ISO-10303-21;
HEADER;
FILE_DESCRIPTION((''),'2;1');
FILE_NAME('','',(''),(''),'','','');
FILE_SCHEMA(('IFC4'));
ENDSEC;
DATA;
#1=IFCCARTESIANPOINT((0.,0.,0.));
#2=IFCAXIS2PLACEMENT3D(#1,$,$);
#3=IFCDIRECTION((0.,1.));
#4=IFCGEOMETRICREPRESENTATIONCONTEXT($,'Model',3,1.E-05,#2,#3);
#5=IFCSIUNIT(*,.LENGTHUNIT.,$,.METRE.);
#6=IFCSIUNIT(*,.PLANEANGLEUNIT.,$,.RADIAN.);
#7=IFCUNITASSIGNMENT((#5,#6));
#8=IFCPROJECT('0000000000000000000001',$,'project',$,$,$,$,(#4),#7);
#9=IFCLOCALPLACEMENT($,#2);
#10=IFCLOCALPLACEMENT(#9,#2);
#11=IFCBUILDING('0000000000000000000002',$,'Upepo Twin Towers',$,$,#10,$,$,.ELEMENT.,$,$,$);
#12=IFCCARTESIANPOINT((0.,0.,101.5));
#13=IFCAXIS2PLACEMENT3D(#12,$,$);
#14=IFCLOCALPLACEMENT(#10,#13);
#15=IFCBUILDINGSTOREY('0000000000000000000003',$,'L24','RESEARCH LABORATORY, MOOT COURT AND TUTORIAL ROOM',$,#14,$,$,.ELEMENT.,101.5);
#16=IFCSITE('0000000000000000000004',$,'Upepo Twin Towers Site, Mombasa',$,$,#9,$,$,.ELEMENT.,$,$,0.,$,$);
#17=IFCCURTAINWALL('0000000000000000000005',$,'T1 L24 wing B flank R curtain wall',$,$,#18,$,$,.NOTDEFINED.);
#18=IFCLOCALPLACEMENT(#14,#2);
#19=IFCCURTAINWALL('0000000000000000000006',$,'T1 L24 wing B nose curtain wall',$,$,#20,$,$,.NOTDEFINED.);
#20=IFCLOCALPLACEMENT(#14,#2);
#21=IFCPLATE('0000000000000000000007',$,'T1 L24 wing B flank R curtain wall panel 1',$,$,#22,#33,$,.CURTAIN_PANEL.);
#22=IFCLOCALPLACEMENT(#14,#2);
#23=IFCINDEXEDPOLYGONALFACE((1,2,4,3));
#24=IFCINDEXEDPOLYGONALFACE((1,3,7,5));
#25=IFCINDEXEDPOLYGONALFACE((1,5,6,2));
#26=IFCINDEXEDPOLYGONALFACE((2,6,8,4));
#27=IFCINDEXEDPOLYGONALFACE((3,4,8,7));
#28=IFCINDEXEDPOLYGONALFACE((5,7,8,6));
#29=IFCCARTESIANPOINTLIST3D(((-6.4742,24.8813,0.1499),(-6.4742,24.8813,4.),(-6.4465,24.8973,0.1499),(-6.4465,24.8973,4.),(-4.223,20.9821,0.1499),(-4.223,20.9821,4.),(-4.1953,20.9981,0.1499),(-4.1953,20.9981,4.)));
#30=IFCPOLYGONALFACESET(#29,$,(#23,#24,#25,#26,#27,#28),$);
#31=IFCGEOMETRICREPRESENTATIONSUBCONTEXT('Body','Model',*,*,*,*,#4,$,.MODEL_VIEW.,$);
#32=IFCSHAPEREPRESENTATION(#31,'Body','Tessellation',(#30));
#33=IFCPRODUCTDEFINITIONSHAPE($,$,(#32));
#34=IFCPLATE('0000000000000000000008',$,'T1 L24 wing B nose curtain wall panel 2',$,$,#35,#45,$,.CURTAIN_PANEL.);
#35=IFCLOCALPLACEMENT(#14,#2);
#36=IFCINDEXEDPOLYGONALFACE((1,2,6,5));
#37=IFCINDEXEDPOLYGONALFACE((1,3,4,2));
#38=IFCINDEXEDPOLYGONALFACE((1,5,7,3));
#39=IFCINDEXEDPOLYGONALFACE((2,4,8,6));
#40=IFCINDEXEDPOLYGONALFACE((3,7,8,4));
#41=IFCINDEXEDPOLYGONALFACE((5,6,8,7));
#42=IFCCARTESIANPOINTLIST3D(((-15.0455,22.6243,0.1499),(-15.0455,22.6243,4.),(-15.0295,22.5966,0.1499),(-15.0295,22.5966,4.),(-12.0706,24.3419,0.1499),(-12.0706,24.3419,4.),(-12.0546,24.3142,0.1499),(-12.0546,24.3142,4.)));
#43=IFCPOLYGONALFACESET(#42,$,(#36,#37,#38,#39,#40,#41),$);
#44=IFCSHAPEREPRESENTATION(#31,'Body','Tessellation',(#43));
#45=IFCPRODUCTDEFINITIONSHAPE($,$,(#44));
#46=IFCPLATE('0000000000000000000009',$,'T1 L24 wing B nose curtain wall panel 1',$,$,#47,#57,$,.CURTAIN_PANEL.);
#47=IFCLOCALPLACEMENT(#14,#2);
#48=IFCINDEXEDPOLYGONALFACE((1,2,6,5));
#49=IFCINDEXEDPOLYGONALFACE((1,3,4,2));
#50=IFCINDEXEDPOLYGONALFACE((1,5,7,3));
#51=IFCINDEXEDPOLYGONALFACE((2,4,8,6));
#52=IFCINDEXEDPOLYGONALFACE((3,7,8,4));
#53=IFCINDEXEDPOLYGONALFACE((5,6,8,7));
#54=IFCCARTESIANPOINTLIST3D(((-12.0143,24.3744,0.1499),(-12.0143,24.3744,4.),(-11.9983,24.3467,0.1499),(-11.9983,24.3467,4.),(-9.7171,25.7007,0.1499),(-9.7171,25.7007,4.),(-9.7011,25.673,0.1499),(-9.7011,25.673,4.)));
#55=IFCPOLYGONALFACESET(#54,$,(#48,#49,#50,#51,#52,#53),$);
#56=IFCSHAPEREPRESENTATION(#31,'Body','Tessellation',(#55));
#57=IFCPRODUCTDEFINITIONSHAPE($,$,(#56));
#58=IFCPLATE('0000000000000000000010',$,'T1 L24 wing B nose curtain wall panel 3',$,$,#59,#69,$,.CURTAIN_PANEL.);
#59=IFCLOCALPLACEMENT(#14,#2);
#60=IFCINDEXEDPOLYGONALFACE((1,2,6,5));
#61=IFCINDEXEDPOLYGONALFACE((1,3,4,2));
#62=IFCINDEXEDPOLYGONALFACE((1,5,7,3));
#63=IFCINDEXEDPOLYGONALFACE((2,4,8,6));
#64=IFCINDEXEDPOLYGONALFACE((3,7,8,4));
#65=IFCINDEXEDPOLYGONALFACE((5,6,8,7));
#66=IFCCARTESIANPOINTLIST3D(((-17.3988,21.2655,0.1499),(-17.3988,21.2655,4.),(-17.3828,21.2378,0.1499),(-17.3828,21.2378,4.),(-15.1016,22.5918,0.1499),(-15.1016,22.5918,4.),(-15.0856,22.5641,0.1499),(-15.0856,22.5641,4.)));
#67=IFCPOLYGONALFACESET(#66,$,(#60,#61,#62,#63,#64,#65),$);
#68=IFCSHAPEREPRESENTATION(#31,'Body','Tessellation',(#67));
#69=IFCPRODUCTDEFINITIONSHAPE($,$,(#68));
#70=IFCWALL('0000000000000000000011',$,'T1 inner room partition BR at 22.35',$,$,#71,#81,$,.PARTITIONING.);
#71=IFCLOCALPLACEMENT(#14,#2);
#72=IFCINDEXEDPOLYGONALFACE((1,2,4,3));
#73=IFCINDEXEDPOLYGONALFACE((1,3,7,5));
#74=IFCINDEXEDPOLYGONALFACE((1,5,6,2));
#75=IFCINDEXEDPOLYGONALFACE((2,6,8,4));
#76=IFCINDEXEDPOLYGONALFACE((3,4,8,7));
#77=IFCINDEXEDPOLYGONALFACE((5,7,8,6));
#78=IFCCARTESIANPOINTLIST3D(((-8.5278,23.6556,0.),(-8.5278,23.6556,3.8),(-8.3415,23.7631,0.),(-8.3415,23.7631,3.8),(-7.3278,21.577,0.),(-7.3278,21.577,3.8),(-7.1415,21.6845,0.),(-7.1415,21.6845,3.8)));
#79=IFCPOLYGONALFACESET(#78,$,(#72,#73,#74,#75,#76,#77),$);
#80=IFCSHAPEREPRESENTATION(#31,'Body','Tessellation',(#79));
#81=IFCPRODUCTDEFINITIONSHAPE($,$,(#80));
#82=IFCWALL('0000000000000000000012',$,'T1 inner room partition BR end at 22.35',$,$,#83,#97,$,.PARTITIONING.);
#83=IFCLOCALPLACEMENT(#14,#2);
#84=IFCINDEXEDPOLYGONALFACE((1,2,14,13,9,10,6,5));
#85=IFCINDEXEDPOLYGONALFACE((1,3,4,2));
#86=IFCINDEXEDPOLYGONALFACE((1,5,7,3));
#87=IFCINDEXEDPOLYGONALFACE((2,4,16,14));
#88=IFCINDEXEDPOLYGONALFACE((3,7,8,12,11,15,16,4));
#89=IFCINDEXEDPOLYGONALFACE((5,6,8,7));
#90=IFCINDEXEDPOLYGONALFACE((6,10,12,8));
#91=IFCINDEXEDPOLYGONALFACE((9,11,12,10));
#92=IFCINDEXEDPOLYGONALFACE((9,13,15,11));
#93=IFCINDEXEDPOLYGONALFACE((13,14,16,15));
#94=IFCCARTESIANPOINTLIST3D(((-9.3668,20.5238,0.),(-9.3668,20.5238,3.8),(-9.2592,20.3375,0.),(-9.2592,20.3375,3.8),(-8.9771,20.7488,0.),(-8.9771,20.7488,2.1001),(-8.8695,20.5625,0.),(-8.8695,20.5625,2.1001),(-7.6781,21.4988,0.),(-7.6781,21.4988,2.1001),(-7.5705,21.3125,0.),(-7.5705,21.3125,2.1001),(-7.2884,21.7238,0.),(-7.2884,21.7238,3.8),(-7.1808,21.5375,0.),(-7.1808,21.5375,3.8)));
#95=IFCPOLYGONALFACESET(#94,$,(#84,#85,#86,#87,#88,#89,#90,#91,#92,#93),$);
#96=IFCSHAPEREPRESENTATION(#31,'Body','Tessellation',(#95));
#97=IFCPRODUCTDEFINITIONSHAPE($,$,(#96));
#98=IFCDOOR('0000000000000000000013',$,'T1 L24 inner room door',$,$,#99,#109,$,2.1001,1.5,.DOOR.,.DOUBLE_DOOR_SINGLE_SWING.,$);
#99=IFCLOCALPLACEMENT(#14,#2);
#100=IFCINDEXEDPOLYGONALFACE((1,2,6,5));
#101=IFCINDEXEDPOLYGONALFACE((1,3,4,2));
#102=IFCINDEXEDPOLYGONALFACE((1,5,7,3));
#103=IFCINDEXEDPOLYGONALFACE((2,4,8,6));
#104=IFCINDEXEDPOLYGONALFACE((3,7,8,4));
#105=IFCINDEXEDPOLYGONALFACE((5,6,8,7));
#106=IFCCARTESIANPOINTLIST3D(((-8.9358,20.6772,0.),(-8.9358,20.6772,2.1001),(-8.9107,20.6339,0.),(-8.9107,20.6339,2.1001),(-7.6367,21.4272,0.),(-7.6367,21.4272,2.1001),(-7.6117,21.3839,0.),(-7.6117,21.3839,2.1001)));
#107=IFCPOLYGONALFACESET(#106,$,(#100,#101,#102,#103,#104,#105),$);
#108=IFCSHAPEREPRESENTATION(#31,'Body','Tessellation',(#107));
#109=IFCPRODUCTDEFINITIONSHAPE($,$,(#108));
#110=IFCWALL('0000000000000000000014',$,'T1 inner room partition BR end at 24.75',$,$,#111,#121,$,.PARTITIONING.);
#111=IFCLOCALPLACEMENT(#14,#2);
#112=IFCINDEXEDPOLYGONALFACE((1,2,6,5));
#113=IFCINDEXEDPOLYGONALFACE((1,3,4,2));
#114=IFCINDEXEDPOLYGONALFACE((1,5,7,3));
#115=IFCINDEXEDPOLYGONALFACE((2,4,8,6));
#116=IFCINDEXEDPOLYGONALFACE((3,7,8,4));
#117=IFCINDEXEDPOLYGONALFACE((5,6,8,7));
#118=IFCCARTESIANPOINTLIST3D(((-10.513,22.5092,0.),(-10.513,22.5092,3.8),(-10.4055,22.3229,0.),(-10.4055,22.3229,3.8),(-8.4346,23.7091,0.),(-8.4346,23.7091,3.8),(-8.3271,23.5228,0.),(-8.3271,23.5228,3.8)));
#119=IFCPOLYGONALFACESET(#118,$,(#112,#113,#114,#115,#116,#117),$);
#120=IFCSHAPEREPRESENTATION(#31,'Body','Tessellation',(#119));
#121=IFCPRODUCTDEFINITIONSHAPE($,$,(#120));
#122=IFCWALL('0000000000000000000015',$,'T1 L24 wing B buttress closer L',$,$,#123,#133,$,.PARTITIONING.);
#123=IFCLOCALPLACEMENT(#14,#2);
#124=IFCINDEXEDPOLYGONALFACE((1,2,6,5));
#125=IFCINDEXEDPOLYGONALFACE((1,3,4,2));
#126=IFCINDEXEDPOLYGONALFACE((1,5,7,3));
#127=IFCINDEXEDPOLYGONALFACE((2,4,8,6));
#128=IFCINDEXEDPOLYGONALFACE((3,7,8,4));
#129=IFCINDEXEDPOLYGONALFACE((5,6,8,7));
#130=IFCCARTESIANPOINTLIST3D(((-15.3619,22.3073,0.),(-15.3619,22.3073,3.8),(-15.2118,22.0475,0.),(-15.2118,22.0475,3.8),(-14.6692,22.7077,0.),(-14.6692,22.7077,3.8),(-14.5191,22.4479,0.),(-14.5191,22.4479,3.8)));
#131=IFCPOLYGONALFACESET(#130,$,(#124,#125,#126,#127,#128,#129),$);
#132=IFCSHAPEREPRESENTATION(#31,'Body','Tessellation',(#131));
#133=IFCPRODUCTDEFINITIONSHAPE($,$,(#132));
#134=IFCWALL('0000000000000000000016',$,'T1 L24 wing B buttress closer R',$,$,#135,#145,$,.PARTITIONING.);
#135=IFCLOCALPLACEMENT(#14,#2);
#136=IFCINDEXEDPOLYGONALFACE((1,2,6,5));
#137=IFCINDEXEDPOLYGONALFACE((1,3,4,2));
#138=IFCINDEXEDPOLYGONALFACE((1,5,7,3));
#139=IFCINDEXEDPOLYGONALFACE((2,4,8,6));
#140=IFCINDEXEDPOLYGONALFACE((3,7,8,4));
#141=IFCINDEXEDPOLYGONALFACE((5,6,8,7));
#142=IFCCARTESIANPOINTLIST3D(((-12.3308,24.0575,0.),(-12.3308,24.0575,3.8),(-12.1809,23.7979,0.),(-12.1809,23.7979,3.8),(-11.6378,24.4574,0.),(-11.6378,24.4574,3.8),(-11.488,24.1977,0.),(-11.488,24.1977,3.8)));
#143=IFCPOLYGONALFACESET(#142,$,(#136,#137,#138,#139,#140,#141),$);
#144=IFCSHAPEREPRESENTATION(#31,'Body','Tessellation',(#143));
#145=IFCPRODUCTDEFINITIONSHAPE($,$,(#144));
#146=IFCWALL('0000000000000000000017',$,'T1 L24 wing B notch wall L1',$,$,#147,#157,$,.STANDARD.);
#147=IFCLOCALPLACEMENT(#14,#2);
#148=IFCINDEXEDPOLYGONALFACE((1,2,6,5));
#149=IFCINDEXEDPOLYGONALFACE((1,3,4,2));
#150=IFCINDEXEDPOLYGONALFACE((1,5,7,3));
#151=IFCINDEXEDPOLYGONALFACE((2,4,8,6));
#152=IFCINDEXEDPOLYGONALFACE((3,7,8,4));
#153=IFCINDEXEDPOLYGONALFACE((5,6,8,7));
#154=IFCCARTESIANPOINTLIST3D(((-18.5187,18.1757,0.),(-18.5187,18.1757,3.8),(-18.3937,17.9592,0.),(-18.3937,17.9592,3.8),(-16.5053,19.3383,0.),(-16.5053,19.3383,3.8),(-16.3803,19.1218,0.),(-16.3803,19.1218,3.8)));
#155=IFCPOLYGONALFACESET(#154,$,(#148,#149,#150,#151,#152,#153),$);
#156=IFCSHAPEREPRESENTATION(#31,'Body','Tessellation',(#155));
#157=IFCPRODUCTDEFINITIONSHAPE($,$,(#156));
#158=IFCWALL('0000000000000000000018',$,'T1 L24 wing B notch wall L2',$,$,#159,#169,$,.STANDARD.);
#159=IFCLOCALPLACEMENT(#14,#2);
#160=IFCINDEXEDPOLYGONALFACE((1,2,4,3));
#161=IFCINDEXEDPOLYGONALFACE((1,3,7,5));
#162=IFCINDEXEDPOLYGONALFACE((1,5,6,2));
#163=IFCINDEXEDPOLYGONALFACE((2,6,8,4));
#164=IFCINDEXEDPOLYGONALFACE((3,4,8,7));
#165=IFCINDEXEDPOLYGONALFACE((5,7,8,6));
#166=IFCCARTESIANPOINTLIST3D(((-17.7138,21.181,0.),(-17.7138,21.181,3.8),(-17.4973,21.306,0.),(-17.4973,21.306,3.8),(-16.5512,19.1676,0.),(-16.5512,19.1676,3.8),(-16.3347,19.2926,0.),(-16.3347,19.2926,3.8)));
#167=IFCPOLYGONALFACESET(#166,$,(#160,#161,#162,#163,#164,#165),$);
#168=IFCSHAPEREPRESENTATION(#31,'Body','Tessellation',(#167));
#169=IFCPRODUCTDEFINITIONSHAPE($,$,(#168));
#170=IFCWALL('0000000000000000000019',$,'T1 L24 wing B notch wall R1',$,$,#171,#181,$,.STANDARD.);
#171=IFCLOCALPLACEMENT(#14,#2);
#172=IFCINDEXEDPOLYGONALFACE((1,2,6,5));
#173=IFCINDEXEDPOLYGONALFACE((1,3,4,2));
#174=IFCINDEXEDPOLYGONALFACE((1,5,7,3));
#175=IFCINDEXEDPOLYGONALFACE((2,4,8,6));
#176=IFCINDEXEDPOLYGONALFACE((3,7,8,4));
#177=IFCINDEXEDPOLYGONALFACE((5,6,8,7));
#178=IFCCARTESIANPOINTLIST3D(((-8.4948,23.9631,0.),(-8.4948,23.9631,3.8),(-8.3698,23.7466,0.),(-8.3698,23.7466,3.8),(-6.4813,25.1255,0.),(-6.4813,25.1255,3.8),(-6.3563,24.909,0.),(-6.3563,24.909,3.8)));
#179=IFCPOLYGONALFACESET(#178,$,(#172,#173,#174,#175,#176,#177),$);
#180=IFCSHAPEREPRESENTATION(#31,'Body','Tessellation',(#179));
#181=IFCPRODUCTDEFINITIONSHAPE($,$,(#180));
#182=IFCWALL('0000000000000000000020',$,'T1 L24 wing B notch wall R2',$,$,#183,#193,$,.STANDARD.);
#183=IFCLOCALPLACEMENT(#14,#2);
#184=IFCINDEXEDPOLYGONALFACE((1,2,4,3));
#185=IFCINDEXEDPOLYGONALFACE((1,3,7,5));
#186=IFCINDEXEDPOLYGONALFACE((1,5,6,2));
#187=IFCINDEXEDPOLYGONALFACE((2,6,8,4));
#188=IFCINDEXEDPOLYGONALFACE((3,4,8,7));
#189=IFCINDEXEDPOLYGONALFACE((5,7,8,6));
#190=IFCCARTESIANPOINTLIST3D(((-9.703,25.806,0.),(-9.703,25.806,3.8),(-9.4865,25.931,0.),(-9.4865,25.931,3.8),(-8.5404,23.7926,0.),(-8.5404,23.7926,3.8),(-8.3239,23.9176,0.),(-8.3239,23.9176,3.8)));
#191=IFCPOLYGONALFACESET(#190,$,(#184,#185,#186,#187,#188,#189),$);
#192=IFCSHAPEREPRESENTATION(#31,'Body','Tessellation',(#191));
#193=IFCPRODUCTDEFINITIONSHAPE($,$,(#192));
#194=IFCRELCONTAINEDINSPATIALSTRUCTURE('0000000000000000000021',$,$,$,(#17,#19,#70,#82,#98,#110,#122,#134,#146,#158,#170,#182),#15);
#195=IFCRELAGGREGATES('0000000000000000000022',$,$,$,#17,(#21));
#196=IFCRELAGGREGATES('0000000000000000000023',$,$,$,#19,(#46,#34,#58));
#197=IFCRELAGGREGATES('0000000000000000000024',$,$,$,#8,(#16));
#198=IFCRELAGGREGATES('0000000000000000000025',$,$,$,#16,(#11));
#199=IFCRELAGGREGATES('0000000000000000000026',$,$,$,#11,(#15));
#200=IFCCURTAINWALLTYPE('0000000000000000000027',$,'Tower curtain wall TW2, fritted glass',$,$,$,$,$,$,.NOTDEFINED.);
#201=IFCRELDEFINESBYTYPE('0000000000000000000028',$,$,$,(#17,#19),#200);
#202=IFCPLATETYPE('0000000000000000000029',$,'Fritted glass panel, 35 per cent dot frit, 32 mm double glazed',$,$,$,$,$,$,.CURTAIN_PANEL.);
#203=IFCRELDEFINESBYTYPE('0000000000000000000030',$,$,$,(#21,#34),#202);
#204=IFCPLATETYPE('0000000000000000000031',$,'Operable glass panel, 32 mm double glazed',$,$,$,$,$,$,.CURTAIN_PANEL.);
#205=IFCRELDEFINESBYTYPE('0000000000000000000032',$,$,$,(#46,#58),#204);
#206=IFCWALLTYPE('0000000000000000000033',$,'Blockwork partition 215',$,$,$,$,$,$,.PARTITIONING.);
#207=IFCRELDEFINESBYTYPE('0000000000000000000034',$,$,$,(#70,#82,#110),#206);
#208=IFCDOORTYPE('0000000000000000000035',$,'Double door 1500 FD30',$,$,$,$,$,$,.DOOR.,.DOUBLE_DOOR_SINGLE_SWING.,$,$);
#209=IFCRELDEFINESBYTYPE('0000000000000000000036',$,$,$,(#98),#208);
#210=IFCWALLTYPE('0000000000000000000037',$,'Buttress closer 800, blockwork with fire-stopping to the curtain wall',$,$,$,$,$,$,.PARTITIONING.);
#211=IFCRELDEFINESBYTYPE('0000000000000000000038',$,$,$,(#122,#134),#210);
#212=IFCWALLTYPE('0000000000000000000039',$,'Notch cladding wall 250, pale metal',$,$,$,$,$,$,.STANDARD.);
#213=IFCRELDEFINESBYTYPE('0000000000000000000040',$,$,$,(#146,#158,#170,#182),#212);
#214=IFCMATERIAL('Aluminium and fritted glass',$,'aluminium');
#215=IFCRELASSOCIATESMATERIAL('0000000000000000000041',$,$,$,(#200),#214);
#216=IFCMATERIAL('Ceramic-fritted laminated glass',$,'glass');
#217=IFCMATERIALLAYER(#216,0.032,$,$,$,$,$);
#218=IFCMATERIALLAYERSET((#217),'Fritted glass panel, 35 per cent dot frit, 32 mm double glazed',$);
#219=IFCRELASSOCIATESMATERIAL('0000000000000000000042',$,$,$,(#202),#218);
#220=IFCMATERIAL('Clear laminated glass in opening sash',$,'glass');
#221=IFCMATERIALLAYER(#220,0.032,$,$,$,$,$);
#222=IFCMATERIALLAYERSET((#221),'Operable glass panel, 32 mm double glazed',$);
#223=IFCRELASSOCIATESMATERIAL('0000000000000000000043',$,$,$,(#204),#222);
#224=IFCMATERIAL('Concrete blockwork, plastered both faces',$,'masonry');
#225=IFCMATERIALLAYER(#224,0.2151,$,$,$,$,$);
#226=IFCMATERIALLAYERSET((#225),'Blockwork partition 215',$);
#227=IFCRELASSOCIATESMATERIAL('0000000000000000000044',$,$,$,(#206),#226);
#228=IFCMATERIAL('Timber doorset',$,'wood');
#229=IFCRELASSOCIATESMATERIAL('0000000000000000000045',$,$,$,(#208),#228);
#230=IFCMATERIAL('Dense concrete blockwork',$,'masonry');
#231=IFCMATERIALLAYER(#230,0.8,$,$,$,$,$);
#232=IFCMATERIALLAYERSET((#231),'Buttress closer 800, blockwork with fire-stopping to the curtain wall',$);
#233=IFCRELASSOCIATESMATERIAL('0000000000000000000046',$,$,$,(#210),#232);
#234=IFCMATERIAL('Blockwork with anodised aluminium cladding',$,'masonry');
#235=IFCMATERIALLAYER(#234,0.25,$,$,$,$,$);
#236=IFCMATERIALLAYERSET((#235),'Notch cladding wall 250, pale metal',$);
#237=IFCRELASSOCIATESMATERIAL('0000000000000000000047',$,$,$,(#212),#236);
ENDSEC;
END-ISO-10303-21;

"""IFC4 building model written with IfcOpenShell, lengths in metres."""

from ifc_helpers import new_model, si_unit, direction, frame, frame_2d, origin, origin_2d, place, context, subcontext, project, spatial, rectangle, extrude, material, layer, layer_set, type_object, element, fill, aggregate, save


model = new_model("IFC4")

# Units and contexts
model_context = context("Model", 3, precision=1e-05, world=origin(), true_north=direction((0.0, 1.0)))
body_context = subcontext(model_context, "Body", "Model", "MODEL_VIEW")
ifc_project = project(units=[si_unit("LENGTHUNIT", "METRE"), si_unit("PLANEANGLEUNIT", "RADIAN")], contexts=[model_context])

# Site, building, storey
site_placement = place(None, origin())
site = spatial("IfcSite", under=ifc_project, at=site_placement, Name="Upepo Twin Towers Site, Mombasa", CompositionType="ELEMENT", RefElevation=0.0)
building_placement = place(site_placement, origin())
building = spatial("IfcBuilding", under=site, at=building_placement, Name="Upepo Twin Towers", CompositionType="ELEMENT")
storey_placement = place(building_placement, frame((0.0, 0.0, 101.5)))
storey = spatial("IfcBuildingStorey", under=building, at=storey_placement, Name="L24", Description="RESEARCH LABORATORY, MOOT COURT AND TUTORIAL ROOM", CompositionType="ELEMENT", Elevation=101.5)

# Shared definitions
ifc_material_1 = material(Name="Aluminium and fritted glass", Category="aluminium")
curtain_wall_type = type_object("IfcCurtainWallType", Name="Tower curtain wall TW2, fritted glass", PredefinedType="NOTDEFINED", material=ifc_material_1)

# Curtain walls
curtain_wall_1_placement = place(storey_placement, origin())
curtain_wall_1 = element("IfcCurtainWall", 1, at=curtain_wall_1_placement, inside=storey, type_object=curtain_wall_type, Name="T1 L24 wing B flank R curtain wall", PredefinedType="NOTDEFINED")
curtain_wall_2_placement = place(storey_placement, origin())
curtain_wall_2 = element("IfcCurtainWall", 2, at=curtain_wall_2_placement, inside=storey, type_object=curtain_wall_type, Name="T1 L24 wing B nose curtain wall", PredefinedType="NOTDEFINED")

# Plates
ifc_material_2 = material(Name="Ceramic-fritted laminated glass", Category="glass")
ifc_layer_1 = layer(ifc_material_2, 0.032)
ifc_layer_set_1 = layer_set([ifc_layer_1], Name="Fritted glass panel, 35 per cent dot frit, 32 mm double glazed")
plate_type_1 = type_object("IfcPlateType", Name="Fritted glass panel, 35 per cent dot frit, 32 mm double glazed", PredefinedType="CURTAIN_PANEL", material=ifc_layer_set_1)
plate_1_placement = place(storey_placement, frame((-5.3347, 22.9397, 0.1499), z_axis=(0.0, 0.0, 1.0), x_axis=(0.5, -0.866025, 0.0)))
plate_1 = element("IfcPlate", 3, at=plate_1_placement, type_object=plate_type_1, Name="T1 L24 wing B flank R curtain wall panel 1", PredefinedType="CURTAIN_PANEL", context=body_context, shape_type="SweptSolid", body=[
    extrude(rectangle(XDim=4.5024, YDim=0.032, at=origin_2d()), origin(), (0.0, 0.0, 1.0), 3.8501),
])
aggregate(curtain_wall_1, [plate_1])
plate_2_placement = place(storey_placement, frame((-13.55, 23.4692, 0.1499), z_axis=(0.0, 0.0, 1.0), x_axis=(-0.866025, -0.5, 0.0)))
plate_2 = element("IfcPlate", 4, at=plate_2_placement, type_object=plate_type_1, Name="T1 L24 wing B nose curtain wall panel 2", PredefinedType="CURTAIN_PANEL", context=body_context, shape_type="SweptSolid", body=[
    extrude(rectangle(XDim=3.4351, YDim=0.032, at=origin_2d()), origin(), (0.0, 0.0, 1.0), 3.8501),
])
ifc_material_3 = material(Name="Clear laminated glass in opening sash", Category="glass")
ifc_layer_2 = layer(ifc_material_3, 0.032)
ifc_layer_set_2 = layer_set([ifc_layer_2], Name="Operable glass panel, 32 mm double glazed")
plate_type_2 = type_object("IfcPlateType", Name="Operable glass panel, 32 mm double glazed", PredefinedType="CURTAIN_PANEL", material=ifc_layer_set_2)
plate_3_placement = place(storey_placement, frame((-10.8577, 25.0237, 0.1499), z_axis=(0.0, 0.0, 1.0), x_axis=(-0.866025, -0.5, 0.0)))
plate_3 = element("IfcPlate", 5, at=plate_3_placement, type_object=plate_type_2, Name="T1 L24 wing B nose curtain wall panel 1", PredefinedType="CURTAIN_PANEL", context=body_context, shape_type="SweptSolid", body=[
    extrude(rectangle(XDim=2.6526, YDim=0.032, at=origin_2d()), origin(), (0.0, 0.0, 1.0), 3.8501),
])
plate_4_placement = place(storey_placement, frame((-16.2422, 21.9148, 0.1499), z_axis=(0.0, 0.0, 1.0), x_axis=(-0.866025, -0.5, 0.0)))
plate_4 = element("IfcPlate", 6, at=plate_4_placement, type_object=plate_type_2, Name="T1 L24 wing B nose curtain wall panel 3", PredefinedType="CURTAIN_PANEL", context=body_context, shape_type="SweptSolid", body=[
    extrude(rectangle(XDim=2.6526, YDim=0.032, at=origin_2d()), origin(), (0.0, 0.0, 1.0), 3.8501),
])
aggregate(curtain_wall_2, [plate_3, plate_2, plate_4])

# Wall
ifc_material_4 = material(Name="Concrete blockwork, plastered both faces", Category="masonry")
ifc_layer_3 = layer(ifc_material_4, 0.2151)
ifc_layer_set_3 = layer_set([ifc_layer_3], Name="Blockwork partition 215")
wall_type_1 = type_object("IfcWallType", Name="Blockwork partition 215", PredefinedType="PARTITIONING", material=ifc_layer_set_3)
wall_1_placement = place(storey_placement, frame((-7.2346, 21.6306, 0.0), z_axis=(0.0, 0.0, 1.0), x_axis=(-0.499957, 0.86605, 0.0)))
element("IfcWall", 7, at=wall_1_placement, inside=storey, type_object=wall_type_1, Name="T1 inner room partition BR at 22.35", PredefinedType="PARTITIONING", context=body_context, shape_type="SweptSolid", body=[
    extrude(rectangle(XDim=2.4001, YDim=0.2151, at=frame_2d((1.2002, 0.0))), origin(), (0.0, 0.0, 1.0), 3.8),
])

# Wall, opening, door
wall_2_placement = place(storey_placement, frame((-9.313, 20.4307, 0.0), z_axis=(0.0, 0.0, 1.0), x_axis=(0.866025, 0.500001, 0.0)))
wall_2 = element("IfcWall", 8, at=wall_2_placement, inside=storey, type_object=wall_type_1, Name="T1 inner room partition BR end at 22.35", PredefinedType="PARTITIONING", context=body_context, shape_type="SweptSolid", body=[
    extrude(rectangle(XDim=2.3999, YDim=0.2151, at=frame_2d((1.2, 0.0))), origin(), (0.0, 0.0, 1.0), 3.8),
])
opening_placement = place(wall_2_placement, frame((0.45, 0.0, 0.0)))
opening = element("IfcOpeningElement", 9, at=opening_placement, cuts=wall_2, PredefinedType="OPENING", context=body_context, shape_type="SweptSolid", body=[
    extrude(rectangle(XDim=1.5, YDim=2.1001, at=frame_2d((0.75, 1.05))), frame((0.0, 0.1174, 0.0), z_axis=(0.0, -1.0, 0.0), x_axis=(1.0, 0.0, 0.0)), (0.0, 0.0, 1.0), 0.2351),
])
ifc_material_5 = material(Name="Timber doorset", Category="wood")
door_type = type_object("IfcDoorType", Name="Double door 1500 FD30", OperationType="DOUBLE_DOOR_SINGLE_SWING", PredefinedType="DOOR", material=ifc_material_5)
door_placement = place(opening_placement, origin())
door = element("IfcDoor", 10, at=door_placement, inside=storey, type_object=door_type, Name="T1 L24 inner room door", OperationType="DOUBLE_DOOR_SINGLE_SWING", OverallHeight=2.1001, OverallWidth=1.5, PredefinedType="DOOR", context=body_context, shape_type="SweptSolid", body=[
    extrude(rectangle(XDim=1.5, YDim=2.1001, at=frame_2d((0.75, 1.05))), frame((0.0, 0.0249, 0.0), z_axis=(0.0, -1.0, 0.0), x_axis=(1.0, 0.0, 0.0)), (0.0, 0.0, 1.0), 0.05),
])
fill(opening, door)

# Walls
wall_3_placement = place(storey_placement, frame((-10.4592, 22.416, 0.0), z_axis=(0.0, 0.0, 1.0), x_axis=(0.866025, 0.500001, 0.0)))
element("IfcWall", 11, at=wall_3_placement, inside=storey, type_object=wall_type_1, Name="T1 inner room partition BR end at 24.75", PredefinedType="PARTITIONING", context=body_context, shape_type="SweptSolid", body=[
    extrude(rectangle(XDim=2.3999, YDim=0.2151, at=frame_2d((1.2, 0.0))), origin(), (0.0, 0.0, 1.0), 3.8),
])
ifc_material_6 = material(Name="Dense concrete blockwork", Category="masonry")
ifc_layer_4 = layer(ifc_material_6, 0.8)
ifc_layer_set_4 = layer_set([ifc_layer_4], Name="Buttress closer 800, blockwork with fire-stopping to the curtain wall")
wall_type_2 = type_object("IfcWallType", Name="Buttress closer 800, blockwork with fire-stopping to the curtain wall", PredefinedType="PARTITIONING", material=ifc_layer_set_4)
wall_4_placement = place(storey_placement, frame((-14.8655, 22.2478, 0.0), z_axis=(0.0, 0.0, 1.0), x_axis=(-0.500427, 0.865779, 0.0)))
element("IfcWall", 12, at=wall_4_placement, inside=storey, type_object=wall_type_2, Name="T1 L24 wing B buttress closer L", PredefinedType="PARTITIONING", context=body_context, shape_type="SweptSolid", body=[
    extrude(rectangle(XDim=0.3, YDim=0.8, at=frame_2d((0.1499, 0.0))), origin(), (0.0, 0.0, 1.0), 3.8),
])
wall_5_placement = place(storey_placement, frame((-11.8345, 23.9978, 0.0), z_axis=(0.0, 0.0, 1.0), x_axis=(-0.499816, 0.866131, 0.0)))
element("IfcWall", 13, at=wall_5_placement, inside=storey, type_object=wall_type_2, Name="T1 L24 wing B buttress closer R", PredefinedType="PARTITIONING", context=body_context, shape_type="SweptSolid", body=[
    extrude(rectangle(XDim=0.2998, YDim=0.8, at=frame_2d((0.1499, 0.0))), origin(), (0.0, 0.0, 1.0), 3.8),
])
ifc_material_7 = material(Name="Blockwork with anodised aluminium cladding", Category="masonry")
ifc_layer_5 = layer(ifc_material_7, 0.25)
ifc_layer_set_5 = layer_set([ifc_layer_5], Name="Notch cladding wall 250, pale metal")
wall_type_3 = type_object("IfcWallType", Name="Notch cladding wall 250, pale metal", PredefinedType="STANDARD", material=ifc_layer_set_5)
for number, where, z_axis, x_axis, name in (
    (14, (-18.4563, 18.0674, 0.0), (0.0, 0.0, 1.0), (0.865998, 0.500047, 0.0), "T1 L24 wing B notch wall L1"),
    (15, (-16.4429, 19.23, 0.0), (0.0, 0.0, 1.0), (-0.500047, 0.865998, 0.0), "T1 L24 wing B notch wall L2"),
    (16, (-6.4187, 25.0173, 0.0), (0.0, 0.0, 1.0), (-0.866044, -0.499968, 0.0), "T1 L24 wing B notch wall R1"),
    (17, (-8.4321, 23.855, 0.0), (0.0, 0.0, 1.0), (-0.500047, 0.865998, 0.0), "T1 L24 wing B notch wall R2"),
):
    element("IfcWall", number, at=place(storey_placement, frame(where, z_axis=z_axis, x_axis=x_axis)), inside=storey, type_object=wall_type_3, Name=name, PredefinedType="STANDARD", context=body_context, shape_type="SweptSolid", body=[
        extrude(rectangle(XDim=2.325, YDim=0.25, at=frame_2d((1.1626, 0.0))), origin(), (0.0, 0.0, 1.0), 3.8),
    ])

save(model, "model.ifc")
